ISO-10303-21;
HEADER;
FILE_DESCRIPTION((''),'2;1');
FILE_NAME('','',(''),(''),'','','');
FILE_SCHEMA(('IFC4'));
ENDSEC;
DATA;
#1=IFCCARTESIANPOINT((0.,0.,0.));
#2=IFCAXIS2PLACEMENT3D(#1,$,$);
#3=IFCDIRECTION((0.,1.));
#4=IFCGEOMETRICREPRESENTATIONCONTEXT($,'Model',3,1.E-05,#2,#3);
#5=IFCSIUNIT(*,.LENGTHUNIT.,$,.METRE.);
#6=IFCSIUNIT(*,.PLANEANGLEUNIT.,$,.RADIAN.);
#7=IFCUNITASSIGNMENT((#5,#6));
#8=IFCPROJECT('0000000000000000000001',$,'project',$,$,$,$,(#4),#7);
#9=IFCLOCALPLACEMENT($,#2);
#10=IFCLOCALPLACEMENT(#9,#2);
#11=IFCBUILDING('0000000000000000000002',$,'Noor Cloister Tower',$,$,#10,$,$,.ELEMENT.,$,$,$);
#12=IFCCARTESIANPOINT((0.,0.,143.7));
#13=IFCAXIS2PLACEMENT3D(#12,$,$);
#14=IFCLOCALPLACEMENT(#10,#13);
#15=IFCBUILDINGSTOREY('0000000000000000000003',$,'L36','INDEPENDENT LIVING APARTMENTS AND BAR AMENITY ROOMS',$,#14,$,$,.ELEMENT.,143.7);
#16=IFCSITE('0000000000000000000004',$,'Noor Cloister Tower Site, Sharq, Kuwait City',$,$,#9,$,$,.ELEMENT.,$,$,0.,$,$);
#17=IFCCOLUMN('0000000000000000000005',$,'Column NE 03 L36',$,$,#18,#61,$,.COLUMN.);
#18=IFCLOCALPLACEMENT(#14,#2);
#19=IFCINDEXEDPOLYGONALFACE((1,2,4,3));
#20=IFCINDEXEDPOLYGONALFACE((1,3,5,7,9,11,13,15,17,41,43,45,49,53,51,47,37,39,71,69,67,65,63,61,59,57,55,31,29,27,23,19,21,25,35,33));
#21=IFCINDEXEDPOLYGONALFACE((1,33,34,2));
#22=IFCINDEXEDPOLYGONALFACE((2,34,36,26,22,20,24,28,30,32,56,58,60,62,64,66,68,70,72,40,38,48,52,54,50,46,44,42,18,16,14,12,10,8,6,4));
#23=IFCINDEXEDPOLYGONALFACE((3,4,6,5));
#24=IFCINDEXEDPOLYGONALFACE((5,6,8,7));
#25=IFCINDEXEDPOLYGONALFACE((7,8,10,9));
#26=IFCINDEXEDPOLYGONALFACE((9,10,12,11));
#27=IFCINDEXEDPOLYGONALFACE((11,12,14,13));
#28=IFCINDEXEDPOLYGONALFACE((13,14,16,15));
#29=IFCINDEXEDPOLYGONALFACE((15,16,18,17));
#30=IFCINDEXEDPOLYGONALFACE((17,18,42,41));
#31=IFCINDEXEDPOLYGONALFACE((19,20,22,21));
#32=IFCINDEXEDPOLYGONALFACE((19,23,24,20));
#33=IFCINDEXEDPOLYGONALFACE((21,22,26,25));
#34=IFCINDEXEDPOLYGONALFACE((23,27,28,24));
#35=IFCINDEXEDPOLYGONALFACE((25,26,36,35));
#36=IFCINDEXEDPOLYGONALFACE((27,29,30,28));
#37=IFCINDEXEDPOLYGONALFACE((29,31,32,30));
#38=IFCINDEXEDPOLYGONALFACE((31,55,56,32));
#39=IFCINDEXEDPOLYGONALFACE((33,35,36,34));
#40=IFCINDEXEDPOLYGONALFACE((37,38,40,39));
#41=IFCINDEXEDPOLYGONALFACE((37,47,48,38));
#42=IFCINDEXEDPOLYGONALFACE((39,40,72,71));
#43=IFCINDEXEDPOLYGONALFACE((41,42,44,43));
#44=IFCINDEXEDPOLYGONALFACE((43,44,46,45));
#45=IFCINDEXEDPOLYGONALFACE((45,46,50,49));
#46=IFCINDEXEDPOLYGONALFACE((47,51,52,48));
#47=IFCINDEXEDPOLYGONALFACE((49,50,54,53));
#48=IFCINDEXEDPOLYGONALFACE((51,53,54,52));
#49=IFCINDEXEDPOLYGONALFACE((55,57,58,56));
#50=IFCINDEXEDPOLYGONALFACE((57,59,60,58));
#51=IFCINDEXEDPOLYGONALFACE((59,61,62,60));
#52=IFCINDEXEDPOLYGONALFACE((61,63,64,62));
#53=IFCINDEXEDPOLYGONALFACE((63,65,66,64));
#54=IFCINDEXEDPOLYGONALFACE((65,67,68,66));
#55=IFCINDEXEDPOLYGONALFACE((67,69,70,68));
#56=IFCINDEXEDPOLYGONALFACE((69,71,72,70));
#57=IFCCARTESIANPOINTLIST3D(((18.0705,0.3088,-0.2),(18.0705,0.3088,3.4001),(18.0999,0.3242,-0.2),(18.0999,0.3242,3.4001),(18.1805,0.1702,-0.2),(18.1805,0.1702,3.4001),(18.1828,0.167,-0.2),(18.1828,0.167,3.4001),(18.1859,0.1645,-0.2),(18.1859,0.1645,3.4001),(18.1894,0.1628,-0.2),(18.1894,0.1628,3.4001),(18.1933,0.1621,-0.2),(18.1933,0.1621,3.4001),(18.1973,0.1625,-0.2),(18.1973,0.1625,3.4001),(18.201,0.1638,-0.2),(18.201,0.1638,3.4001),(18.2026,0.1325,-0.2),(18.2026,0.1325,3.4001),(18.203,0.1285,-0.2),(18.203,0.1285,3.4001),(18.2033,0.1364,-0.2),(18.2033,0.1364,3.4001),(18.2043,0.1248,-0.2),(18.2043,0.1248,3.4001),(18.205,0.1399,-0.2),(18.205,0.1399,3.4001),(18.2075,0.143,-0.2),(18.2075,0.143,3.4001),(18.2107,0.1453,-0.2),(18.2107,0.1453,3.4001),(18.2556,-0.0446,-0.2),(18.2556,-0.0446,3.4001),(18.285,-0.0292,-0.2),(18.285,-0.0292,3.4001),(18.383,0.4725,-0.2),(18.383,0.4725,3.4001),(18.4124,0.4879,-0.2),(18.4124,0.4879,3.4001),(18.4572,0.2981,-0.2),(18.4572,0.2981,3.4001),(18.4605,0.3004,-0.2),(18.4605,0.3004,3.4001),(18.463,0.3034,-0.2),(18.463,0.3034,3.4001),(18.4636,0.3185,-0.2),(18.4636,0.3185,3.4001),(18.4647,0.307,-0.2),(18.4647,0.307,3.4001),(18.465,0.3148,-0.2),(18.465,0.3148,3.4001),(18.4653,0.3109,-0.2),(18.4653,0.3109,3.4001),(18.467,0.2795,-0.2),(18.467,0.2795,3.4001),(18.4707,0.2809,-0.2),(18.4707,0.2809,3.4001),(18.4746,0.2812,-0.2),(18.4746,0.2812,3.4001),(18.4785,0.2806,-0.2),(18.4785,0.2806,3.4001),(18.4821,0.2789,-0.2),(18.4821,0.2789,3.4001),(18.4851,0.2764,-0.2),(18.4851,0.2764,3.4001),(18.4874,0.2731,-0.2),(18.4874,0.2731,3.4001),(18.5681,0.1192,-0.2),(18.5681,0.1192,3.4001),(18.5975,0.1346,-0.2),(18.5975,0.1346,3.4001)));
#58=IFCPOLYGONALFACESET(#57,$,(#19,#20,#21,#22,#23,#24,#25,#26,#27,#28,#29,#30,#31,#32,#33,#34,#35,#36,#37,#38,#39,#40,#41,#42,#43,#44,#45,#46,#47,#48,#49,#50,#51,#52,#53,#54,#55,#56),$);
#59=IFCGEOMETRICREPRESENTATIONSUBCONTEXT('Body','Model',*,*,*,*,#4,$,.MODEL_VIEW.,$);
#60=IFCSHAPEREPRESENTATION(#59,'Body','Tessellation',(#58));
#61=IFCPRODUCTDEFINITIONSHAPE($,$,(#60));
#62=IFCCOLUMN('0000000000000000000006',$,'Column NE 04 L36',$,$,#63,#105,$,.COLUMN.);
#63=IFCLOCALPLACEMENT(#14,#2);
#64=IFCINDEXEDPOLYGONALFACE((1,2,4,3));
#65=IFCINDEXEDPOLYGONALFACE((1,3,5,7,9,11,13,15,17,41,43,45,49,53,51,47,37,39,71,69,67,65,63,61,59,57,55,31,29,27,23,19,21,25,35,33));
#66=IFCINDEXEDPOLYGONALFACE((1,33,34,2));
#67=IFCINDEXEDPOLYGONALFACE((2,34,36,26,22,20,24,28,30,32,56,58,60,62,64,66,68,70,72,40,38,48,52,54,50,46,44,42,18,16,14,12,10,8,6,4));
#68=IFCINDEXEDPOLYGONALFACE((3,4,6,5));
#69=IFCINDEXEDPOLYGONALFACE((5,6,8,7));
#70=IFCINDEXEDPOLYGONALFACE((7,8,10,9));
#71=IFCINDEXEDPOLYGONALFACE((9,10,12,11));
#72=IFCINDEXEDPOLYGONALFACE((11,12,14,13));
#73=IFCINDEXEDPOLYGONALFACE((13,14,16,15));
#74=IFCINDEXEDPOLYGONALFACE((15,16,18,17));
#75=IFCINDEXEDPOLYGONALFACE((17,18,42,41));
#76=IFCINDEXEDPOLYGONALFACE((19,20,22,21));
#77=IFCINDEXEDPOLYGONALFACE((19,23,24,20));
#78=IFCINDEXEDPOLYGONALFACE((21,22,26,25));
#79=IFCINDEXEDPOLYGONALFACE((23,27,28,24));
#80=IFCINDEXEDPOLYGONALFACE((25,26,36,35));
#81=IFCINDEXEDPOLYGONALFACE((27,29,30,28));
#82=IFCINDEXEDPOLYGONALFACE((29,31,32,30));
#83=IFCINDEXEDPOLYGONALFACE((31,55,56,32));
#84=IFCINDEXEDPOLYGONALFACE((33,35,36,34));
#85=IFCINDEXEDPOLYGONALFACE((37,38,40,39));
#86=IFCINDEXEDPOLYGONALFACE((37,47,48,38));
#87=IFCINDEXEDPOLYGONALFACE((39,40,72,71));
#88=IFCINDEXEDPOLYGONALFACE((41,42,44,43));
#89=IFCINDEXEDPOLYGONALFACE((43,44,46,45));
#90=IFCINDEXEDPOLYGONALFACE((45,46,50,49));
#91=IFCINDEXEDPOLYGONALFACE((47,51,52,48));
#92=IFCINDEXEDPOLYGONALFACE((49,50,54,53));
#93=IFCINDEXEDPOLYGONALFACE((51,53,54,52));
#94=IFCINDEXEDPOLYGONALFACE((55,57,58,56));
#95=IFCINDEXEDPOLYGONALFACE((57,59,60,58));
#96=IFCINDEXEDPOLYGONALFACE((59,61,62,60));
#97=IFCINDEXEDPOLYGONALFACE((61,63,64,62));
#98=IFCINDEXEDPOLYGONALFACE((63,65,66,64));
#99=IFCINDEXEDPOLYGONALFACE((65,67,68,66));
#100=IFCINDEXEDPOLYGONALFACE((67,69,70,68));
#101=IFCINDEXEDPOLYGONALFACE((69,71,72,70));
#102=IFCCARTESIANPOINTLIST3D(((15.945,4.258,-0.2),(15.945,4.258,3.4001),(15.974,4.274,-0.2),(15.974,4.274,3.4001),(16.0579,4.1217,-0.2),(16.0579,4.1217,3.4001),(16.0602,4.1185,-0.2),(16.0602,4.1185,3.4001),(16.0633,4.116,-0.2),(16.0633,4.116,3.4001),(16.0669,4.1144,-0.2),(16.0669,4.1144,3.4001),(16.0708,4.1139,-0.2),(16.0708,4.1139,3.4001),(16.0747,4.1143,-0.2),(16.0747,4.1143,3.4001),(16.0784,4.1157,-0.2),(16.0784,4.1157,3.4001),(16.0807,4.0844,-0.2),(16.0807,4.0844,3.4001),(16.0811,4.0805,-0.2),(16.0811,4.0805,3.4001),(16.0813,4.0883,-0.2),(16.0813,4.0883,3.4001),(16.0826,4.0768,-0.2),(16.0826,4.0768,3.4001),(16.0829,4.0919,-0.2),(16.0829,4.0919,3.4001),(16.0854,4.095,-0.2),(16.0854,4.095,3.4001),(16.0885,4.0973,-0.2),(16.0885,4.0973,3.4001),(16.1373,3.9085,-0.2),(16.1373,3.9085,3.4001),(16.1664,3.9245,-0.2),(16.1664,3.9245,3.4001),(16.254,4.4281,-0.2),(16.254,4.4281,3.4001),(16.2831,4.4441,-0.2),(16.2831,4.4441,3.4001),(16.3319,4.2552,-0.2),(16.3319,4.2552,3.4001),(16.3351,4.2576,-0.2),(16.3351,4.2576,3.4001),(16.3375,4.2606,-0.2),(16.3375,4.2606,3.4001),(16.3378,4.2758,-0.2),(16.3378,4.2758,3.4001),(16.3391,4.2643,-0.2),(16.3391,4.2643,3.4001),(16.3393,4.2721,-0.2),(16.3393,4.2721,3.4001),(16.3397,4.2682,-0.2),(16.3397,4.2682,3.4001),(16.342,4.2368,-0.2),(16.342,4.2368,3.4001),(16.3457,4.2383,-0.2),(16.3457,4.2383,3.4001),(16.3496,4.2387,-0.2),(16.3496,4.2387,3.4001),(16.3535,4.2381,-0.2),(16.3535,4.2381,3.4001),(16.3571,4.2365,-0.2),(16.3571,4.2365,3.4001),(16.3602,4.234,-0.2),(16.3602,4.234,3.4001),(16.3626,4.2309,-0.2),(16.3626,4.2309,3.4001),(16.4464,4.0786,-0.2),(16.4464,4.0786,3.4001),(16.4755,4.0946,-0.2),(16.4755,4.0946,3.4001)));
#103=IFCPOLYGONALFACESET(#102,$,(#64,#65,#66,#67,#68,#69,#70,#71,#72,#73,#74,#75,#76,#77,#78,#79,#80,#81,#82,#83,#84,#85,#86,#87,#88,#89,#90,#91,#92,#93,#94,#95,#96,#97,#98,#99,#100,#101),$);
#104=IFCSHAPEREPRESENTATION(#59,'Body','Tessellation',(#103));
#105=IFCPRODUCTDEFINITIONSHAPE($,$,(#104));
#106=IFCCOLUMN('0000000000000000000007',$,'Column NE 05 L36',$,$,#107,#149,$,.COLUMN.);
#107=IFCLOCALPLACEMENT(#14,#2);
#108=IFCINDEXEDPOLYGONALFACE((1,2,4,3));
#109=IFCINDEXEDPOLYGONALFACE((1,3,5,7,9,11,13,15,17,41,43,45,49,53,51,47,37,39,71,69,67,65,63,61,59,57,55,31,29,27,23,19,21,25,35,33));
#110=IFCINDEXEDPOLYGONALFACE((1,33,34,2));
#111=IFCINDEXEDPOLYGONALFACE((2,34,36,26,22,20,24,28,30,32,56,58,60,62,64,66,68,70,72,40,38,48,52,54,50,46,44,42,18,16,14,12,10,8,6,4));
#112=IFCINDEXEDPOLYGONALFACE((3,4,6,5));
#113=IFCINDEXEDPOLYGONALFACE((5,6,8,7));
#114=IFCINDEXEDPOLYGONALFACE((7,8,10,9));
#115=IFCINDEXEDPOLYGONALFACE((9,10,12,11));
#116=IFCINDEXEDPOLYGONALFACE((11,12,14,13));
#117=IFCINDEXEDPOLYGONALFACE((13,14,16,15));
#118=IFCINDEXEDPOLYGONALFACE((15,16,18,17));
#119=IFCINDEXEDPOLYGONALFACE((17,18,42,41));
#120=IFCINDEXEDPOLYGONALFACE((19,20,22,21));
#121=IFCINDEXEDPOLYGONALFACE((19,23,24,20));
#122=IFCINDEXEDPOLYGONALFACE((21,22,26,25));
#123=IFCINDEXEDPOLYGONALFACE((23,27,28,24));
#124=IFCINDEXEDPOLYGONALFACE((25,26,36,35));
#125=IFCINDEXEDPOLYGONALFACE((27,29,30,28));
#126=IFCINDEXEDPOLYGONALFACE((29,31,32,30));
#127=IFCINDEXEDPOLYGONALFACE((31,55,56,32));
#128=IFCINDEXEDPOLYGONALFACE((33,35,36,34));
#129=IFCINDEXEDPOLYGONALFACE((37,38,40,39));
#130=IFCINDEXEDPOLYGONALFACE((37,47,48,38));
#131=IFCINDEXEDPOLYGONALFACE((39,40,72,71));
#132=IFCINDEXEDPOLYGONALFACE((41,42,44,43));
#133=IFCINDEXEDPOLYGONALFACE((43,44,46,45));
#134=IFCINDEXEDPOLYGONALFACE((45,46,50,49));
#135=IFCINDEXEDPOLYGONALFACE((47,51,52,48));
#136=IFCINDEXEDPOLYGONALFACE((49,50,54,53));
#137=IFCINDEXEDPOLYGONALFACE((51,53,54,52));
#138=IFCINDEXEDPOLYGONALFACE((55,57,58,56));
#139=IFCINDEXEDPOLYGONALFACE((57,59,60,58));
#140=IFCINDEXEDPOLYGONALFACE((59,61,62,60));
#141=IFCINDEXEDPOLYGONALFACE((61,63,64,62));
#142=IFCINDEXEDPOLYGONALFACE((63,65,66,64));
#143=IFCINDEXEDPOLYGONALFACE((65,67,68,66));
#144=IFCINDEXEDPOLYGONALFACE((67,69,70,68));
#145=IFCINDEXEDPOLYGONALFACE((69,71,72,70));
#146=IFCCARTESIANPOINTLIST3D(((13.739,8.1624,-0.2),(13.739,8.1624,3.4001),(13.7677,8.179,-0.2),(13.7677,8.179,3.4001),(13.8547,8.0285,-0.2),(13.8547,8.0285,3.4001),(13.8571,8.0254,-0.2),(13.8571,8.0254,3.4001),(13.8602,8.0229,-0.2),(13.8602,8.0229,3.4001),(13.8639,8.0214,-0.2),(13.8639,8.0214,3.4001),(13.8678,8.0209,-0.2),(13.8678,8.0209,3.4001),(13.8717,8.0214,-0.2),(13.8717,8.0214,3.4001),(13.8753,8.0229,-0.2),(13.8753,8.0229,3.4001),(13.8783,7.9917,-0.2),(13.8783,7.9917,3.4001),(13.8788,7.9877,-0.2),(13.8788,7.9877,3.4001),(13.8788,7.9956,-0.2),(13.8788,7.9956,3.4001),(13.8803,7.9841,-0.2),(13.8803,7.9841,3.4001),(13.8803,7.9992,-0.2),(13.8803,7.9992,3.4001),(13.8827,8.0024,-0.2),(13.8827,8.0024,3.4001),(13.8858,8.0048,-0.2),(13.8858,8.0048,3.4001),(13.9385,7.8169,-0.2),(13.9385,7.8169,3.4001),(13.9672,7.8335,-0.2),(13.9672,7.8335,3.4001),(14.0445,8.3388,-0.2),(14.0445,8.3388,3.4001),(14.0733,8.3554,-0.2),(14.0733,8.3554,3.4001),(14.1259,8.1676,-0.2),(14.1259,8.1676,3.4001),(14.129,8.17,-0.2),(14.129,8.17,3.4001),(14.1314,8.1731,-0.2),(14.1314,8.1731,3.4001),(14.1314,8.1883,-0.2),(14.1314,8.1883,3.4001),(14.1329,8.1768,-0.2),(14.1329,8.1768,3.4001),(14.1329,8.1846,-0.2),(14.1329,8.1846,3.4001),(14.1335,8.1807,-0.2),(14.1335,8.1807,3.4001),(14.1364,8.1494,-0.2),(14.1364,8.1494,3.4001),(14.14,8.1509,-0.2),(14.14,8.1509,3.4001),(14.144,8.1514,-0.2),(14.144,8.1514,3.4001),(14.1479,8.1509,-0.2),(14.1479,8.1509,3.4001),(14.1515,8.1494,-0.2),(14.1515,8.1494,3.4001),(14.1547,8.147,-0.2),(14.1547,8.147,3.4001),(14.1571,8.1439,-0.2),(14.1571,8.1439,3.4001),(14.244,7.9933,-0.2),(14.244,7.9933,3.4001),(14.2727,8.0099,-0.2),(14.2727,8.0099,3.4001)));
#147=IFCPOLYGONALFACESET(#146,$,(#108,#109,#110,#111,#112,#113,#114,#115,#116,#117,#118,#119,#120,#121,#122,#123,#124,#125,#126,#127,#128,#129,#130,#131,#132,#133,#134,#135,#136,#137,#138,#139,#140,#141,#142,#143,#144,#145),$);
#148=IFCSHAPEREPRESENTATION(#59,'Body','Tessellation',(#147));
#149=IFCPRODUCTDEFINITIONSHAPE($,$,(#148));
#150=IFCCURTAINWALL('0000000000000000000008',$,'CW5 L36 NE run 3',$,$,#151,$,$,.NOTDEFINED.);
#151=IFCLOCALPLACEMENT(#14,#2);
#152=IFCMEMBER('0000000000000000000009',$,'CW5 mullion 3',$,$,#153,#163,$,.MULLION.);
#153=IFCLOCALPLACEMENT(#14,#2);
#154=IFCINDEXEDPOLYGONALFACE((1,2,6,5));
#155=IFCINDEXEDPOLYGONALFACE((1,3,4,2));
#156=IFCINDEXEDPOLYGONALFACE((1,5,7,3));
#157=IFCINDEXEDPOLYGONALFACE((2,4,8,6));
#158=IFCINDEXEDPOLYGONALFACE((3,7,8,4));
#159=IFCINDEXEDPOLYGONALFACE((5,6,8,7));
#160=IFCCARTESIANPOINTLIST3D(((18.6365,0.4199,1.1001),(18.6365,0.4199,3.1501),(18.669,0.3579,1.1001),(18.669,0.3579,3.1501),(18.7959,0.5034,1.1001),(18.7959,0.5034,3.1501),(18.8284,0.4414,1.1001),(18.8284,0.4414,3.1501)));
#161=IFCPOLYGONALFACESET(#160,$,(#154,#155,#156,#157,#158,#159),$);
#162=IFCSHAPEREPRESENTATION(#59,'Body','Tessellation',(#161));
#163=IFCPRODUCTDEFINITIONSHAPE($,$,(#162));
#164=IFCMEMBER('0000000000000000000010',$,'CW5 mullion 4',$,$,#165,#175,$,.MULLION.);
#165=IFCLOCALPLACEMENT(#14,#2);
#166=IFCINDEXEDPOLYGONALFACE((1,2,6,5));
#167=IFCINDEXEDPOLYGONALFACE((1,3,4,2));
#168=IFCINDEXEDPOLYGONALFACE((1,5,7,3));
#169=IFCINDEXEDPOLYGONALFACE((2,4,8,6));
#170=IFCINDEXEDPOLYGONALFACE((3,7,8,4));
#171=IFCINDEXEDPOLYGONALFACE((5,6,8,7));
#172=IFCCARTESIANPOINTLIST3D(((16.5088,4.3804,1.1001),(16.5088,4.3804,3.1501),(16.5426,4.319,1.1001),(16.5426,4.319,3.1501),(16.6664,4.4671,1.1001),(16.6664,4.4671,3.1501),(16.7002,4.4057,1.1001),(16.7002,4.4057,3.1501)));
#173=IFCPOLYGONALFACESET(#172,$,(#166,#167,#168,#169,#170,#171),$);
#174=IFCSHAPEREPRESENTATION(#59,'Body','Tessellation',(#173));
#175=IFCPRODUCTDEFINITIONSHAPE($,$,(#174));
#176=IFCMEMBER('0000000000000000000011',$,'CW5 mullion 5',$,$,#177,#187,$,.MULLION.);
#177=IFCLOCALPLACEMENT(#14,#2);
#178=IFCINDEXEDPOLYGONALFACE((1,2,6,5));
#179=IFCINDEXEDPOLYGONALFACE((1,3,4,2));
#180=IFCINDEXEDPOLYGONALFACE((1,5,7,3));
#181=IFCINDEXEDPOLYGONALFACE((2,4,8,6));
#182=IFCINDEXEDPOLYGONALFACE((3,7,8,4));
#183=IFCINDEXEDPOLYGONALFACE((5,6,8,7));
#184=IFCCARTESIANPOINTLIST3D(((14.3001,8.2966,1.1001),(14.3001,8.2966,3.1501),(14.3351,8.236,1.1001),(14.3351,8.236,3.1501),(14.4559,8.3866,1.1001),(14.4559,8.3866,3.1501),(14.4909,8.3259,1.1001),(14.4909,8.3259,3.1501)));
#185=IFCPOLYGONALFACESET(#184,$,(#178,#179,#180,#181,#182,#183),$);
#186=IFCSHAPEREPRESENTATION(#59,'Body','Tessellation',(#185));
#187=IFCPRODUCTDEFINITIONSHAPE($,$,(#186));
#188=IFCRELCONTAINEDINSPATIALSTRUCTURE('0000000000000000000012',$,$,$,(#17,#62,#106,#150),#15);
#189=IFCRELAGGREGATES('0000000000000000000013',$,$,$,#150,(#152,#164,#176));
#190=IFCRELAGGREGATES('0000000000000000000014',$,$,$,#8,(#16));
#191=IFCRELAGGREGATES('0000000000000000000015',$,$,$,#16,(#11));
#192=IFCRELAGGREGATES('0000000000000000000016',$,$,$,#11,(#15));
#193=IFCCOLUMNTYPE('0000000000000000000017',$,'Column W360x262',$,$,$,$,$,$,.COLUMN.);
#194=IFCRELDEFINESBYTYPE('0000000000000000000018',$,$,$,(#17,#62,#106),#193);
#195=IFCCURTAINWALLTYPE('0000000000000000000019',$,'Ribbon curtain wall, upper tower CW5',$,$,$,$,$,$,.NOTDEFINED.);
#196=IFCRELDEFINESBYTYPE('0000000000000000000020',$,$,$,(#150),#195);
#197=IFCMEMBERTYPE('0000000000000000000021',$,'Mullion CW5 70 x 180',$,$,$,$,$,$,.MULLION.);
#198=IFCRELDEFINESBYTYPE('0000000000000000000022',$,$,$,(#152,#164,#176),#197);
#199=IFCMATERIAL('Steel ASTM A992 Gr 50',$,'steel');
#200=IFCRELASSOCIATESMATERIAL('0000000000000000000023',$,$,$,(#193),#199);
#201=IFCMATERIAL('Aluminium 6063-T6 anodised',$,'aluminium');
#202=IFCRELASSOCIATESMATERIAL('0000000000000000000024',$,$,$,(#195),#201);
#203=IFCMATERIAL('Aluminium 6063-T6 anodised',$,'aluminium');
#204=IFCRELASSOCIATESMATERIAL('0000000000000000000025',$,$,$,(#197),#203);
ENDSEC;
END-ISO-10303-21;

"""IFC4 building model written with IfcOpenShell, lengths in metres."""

from ifc_helpers import new_model, si_unit, direction, frame, origin, origin_2d, place, context, subcontext, project, spatial, rectangle, i_section, extrude, material, material_profile, profile_set, type_object, element, aggregate, save


model = new_model("IFC4")

# Units and contexts
model_context = context("Model", 3, precision=1e-05, world=origin(), true_north=direction((0.0, 1.0)))
body_context = subcontext(model_context, "Body", "Model", "MODEL_VIEW")
ifc_project = project(units=[si_unit("LENGTHUNIT", "METRE"), si_unit("PLANEANGLEUNIT", "RADIAN")], contexts=[model_context])

# Site, building, storey
site_placement = place(None, origin())
site = spatial("IfcSite", under=ifc_project, at=site_placement, Name="Noor Cloister Tower Site, Sharq, Kuwait City", CompositionType="ELEMENT", RefElevation=0.0)
building_placement = place(site_placement, origin())
building = spatial("IfcBuilding", under=site, at=building_placement, Name="Noor Cloister Tower", CompositionType="ELEMENT")
storey_placement = place(building_placement, frame((0.0, 0.0, 143.7)))
storey = spatial("IfcBuildingStorey", under=building, at=storey_placement, Name="L36", Description="INDEPENDENT LIVING APARTMENTS AND BAR AMENITY ROOMS", CompositionType="ELEMENT", Elevation=143.7)

# Columns
ifc_material_1 = material(Name="Steel ASTM A992 Gr 50", Category="steel")
ifc_material_profile_1 = material_profile(ifc_material_1, i_section(OverallWidth=0.3989, OverallDepth=0.386, WebThickness=0.021, FlangeThickness=0.0332, FilletRadius=0.0151, at=origin_2d()), Name="W360x262")
ifc_profile_set_1 = profile_set([ifc_material_profile_1], Name="Steel ASTM A992 Gr 50")
column_type = type_object("IfcColumnType", Name="Column W360x262", PredefinedType="COLUMN", material=ifc_profile_set_1)
for number, where, z_axis, x_axis, name in (
    (1, (18.334, 0.2217, -0.2), (0.0, 0.0, 1.0), (-0.464077, 0.885795, 0.0), "Column NE 03 L36"),
    (2, (16.2102, 4.1763, -0.2), (0.0, 0.0, 1.0), (-0.48214, 0.876094, 0.0), "Column NE 04 L36"),
    (3, (14.0059, 8.0862, -0.2), (0.0, 0.0, 1.0), (-0.5, 0.866025, 0.0), "Column NE 05 L36"),
):
    element("IfcColumn", number, at=place(storey_placement, frame(where, z_axis=z_axis, x_axis=x_axis)), inside=storey, type_object=column_type, Name=name, PredefinedType="COLUMN", context=body_context, shape_type="SweptSolid", body=[
        extrude(i_section(OverallWidth=0.3989, OverallDepth=0.386, WebThickness=0.021, FlangeThickness=0.0332, FilletRadius=0.0151, at=origin_2d()), origin(), (0.0, 0.0, 1.0), 3.6001),
    ])

# Curtain wall, members
ifc_material_2 = material(Name="Aluminium 6063-T6 anodised", Category="aluminium")
curtain_wall_type = type_object("IfcCurtainWallType", Name="Ribbon curtain wall, upper tower CW5", PredefinedType="NOTDEFINED", material=ifc_material_2)
curtain_wall_placement = place(storey_placement, origin())
curtain_wall = element("IfcCurtainWall", 4, at=curtain_wall_placement, inside=storey, type_object=curtain_wall_type, Name="CW5 L36 NE run 3", PredefinedType="NOTDEFINED")
ifc_material_3 = material(Name="Aluminium 6063-T6 anodised", Category="aluminium")
ifc_material_profile_2 = material_profile(ifc_material_3, rectangle(XDim=0.1799, YDim=0.0701, at=origin_2d()), Name="180 x 70 mullion")
ifc_profile_set_2 = profile_set([ifc_material_profile_2], Name="Aluminium 6063-T6 anodised")
member_type = type_object("IfcMemberType", Name="Mullion CW5 70 x 180", PredefinedType="MULLION", material=ifc_profile_set_2)
member_1_placement = place(storey_placement, frame((18.7324, 0.4307, 1.1001), z_axis=(0.0, 0.0, 1.0), x_axis=(-0.885795, -0.464077, 0.0)))
member_1 = element("IfcMember", 5, at=member_1_placement, type_object=member_type, Name="CW5 mullion 3", PredefinedType="MULLION", context=body_context, shape_type="SweptSolid", body=[
    extrude(rectangle(XDim=0.1799, YDim=0.0701, at=origin_2d()), origin(), (0.0, 0.0, 1.0), 2.05),
])
member_2_placement = place(storey_placement, frame((16.6045, 4.3931, 1.1001), z_axis=(0.0, 0.0, 1.0), x_axis=(-0.876094, -0.48214, 0.0)))
member_2 = element("IfcMember", 6, at=member_2_placement, type_object=member_type, Name="CW5 mullion 4", PredefinedType="MULLION", context=body_context, shape_type="SweptSolid", body=[
    extrude(rectangle(XDim=0.1799, YDim=0.0701, at=origin_2d()), origin(), (0.0, 0.0, 1.0), 2.05),
])
member_3_placement = place(storey_placement, frame((14.3955, 8.3113, 1.1001), z_axis=(0.0, 0.0, 1.0), x_axis=(-0.866025, -0.5, 0.0)))
member_3 = element("IfcMember", 7, at=member_3_placement, type_object=member_type, Name="CW5 mullion 5", PredefinedType="MULLION", context=body_context, shape_type="SweptSolid", body=[
    extrude(rectangle(XDim=0.1799, YDim=0.0701, at=origin_2d()), origin(), (0.0, 0.0, 1.0), 2.05),
])

aggregate(curtain_wall, [member_1, member_2, member_3])

save(model, "model.ifc")
